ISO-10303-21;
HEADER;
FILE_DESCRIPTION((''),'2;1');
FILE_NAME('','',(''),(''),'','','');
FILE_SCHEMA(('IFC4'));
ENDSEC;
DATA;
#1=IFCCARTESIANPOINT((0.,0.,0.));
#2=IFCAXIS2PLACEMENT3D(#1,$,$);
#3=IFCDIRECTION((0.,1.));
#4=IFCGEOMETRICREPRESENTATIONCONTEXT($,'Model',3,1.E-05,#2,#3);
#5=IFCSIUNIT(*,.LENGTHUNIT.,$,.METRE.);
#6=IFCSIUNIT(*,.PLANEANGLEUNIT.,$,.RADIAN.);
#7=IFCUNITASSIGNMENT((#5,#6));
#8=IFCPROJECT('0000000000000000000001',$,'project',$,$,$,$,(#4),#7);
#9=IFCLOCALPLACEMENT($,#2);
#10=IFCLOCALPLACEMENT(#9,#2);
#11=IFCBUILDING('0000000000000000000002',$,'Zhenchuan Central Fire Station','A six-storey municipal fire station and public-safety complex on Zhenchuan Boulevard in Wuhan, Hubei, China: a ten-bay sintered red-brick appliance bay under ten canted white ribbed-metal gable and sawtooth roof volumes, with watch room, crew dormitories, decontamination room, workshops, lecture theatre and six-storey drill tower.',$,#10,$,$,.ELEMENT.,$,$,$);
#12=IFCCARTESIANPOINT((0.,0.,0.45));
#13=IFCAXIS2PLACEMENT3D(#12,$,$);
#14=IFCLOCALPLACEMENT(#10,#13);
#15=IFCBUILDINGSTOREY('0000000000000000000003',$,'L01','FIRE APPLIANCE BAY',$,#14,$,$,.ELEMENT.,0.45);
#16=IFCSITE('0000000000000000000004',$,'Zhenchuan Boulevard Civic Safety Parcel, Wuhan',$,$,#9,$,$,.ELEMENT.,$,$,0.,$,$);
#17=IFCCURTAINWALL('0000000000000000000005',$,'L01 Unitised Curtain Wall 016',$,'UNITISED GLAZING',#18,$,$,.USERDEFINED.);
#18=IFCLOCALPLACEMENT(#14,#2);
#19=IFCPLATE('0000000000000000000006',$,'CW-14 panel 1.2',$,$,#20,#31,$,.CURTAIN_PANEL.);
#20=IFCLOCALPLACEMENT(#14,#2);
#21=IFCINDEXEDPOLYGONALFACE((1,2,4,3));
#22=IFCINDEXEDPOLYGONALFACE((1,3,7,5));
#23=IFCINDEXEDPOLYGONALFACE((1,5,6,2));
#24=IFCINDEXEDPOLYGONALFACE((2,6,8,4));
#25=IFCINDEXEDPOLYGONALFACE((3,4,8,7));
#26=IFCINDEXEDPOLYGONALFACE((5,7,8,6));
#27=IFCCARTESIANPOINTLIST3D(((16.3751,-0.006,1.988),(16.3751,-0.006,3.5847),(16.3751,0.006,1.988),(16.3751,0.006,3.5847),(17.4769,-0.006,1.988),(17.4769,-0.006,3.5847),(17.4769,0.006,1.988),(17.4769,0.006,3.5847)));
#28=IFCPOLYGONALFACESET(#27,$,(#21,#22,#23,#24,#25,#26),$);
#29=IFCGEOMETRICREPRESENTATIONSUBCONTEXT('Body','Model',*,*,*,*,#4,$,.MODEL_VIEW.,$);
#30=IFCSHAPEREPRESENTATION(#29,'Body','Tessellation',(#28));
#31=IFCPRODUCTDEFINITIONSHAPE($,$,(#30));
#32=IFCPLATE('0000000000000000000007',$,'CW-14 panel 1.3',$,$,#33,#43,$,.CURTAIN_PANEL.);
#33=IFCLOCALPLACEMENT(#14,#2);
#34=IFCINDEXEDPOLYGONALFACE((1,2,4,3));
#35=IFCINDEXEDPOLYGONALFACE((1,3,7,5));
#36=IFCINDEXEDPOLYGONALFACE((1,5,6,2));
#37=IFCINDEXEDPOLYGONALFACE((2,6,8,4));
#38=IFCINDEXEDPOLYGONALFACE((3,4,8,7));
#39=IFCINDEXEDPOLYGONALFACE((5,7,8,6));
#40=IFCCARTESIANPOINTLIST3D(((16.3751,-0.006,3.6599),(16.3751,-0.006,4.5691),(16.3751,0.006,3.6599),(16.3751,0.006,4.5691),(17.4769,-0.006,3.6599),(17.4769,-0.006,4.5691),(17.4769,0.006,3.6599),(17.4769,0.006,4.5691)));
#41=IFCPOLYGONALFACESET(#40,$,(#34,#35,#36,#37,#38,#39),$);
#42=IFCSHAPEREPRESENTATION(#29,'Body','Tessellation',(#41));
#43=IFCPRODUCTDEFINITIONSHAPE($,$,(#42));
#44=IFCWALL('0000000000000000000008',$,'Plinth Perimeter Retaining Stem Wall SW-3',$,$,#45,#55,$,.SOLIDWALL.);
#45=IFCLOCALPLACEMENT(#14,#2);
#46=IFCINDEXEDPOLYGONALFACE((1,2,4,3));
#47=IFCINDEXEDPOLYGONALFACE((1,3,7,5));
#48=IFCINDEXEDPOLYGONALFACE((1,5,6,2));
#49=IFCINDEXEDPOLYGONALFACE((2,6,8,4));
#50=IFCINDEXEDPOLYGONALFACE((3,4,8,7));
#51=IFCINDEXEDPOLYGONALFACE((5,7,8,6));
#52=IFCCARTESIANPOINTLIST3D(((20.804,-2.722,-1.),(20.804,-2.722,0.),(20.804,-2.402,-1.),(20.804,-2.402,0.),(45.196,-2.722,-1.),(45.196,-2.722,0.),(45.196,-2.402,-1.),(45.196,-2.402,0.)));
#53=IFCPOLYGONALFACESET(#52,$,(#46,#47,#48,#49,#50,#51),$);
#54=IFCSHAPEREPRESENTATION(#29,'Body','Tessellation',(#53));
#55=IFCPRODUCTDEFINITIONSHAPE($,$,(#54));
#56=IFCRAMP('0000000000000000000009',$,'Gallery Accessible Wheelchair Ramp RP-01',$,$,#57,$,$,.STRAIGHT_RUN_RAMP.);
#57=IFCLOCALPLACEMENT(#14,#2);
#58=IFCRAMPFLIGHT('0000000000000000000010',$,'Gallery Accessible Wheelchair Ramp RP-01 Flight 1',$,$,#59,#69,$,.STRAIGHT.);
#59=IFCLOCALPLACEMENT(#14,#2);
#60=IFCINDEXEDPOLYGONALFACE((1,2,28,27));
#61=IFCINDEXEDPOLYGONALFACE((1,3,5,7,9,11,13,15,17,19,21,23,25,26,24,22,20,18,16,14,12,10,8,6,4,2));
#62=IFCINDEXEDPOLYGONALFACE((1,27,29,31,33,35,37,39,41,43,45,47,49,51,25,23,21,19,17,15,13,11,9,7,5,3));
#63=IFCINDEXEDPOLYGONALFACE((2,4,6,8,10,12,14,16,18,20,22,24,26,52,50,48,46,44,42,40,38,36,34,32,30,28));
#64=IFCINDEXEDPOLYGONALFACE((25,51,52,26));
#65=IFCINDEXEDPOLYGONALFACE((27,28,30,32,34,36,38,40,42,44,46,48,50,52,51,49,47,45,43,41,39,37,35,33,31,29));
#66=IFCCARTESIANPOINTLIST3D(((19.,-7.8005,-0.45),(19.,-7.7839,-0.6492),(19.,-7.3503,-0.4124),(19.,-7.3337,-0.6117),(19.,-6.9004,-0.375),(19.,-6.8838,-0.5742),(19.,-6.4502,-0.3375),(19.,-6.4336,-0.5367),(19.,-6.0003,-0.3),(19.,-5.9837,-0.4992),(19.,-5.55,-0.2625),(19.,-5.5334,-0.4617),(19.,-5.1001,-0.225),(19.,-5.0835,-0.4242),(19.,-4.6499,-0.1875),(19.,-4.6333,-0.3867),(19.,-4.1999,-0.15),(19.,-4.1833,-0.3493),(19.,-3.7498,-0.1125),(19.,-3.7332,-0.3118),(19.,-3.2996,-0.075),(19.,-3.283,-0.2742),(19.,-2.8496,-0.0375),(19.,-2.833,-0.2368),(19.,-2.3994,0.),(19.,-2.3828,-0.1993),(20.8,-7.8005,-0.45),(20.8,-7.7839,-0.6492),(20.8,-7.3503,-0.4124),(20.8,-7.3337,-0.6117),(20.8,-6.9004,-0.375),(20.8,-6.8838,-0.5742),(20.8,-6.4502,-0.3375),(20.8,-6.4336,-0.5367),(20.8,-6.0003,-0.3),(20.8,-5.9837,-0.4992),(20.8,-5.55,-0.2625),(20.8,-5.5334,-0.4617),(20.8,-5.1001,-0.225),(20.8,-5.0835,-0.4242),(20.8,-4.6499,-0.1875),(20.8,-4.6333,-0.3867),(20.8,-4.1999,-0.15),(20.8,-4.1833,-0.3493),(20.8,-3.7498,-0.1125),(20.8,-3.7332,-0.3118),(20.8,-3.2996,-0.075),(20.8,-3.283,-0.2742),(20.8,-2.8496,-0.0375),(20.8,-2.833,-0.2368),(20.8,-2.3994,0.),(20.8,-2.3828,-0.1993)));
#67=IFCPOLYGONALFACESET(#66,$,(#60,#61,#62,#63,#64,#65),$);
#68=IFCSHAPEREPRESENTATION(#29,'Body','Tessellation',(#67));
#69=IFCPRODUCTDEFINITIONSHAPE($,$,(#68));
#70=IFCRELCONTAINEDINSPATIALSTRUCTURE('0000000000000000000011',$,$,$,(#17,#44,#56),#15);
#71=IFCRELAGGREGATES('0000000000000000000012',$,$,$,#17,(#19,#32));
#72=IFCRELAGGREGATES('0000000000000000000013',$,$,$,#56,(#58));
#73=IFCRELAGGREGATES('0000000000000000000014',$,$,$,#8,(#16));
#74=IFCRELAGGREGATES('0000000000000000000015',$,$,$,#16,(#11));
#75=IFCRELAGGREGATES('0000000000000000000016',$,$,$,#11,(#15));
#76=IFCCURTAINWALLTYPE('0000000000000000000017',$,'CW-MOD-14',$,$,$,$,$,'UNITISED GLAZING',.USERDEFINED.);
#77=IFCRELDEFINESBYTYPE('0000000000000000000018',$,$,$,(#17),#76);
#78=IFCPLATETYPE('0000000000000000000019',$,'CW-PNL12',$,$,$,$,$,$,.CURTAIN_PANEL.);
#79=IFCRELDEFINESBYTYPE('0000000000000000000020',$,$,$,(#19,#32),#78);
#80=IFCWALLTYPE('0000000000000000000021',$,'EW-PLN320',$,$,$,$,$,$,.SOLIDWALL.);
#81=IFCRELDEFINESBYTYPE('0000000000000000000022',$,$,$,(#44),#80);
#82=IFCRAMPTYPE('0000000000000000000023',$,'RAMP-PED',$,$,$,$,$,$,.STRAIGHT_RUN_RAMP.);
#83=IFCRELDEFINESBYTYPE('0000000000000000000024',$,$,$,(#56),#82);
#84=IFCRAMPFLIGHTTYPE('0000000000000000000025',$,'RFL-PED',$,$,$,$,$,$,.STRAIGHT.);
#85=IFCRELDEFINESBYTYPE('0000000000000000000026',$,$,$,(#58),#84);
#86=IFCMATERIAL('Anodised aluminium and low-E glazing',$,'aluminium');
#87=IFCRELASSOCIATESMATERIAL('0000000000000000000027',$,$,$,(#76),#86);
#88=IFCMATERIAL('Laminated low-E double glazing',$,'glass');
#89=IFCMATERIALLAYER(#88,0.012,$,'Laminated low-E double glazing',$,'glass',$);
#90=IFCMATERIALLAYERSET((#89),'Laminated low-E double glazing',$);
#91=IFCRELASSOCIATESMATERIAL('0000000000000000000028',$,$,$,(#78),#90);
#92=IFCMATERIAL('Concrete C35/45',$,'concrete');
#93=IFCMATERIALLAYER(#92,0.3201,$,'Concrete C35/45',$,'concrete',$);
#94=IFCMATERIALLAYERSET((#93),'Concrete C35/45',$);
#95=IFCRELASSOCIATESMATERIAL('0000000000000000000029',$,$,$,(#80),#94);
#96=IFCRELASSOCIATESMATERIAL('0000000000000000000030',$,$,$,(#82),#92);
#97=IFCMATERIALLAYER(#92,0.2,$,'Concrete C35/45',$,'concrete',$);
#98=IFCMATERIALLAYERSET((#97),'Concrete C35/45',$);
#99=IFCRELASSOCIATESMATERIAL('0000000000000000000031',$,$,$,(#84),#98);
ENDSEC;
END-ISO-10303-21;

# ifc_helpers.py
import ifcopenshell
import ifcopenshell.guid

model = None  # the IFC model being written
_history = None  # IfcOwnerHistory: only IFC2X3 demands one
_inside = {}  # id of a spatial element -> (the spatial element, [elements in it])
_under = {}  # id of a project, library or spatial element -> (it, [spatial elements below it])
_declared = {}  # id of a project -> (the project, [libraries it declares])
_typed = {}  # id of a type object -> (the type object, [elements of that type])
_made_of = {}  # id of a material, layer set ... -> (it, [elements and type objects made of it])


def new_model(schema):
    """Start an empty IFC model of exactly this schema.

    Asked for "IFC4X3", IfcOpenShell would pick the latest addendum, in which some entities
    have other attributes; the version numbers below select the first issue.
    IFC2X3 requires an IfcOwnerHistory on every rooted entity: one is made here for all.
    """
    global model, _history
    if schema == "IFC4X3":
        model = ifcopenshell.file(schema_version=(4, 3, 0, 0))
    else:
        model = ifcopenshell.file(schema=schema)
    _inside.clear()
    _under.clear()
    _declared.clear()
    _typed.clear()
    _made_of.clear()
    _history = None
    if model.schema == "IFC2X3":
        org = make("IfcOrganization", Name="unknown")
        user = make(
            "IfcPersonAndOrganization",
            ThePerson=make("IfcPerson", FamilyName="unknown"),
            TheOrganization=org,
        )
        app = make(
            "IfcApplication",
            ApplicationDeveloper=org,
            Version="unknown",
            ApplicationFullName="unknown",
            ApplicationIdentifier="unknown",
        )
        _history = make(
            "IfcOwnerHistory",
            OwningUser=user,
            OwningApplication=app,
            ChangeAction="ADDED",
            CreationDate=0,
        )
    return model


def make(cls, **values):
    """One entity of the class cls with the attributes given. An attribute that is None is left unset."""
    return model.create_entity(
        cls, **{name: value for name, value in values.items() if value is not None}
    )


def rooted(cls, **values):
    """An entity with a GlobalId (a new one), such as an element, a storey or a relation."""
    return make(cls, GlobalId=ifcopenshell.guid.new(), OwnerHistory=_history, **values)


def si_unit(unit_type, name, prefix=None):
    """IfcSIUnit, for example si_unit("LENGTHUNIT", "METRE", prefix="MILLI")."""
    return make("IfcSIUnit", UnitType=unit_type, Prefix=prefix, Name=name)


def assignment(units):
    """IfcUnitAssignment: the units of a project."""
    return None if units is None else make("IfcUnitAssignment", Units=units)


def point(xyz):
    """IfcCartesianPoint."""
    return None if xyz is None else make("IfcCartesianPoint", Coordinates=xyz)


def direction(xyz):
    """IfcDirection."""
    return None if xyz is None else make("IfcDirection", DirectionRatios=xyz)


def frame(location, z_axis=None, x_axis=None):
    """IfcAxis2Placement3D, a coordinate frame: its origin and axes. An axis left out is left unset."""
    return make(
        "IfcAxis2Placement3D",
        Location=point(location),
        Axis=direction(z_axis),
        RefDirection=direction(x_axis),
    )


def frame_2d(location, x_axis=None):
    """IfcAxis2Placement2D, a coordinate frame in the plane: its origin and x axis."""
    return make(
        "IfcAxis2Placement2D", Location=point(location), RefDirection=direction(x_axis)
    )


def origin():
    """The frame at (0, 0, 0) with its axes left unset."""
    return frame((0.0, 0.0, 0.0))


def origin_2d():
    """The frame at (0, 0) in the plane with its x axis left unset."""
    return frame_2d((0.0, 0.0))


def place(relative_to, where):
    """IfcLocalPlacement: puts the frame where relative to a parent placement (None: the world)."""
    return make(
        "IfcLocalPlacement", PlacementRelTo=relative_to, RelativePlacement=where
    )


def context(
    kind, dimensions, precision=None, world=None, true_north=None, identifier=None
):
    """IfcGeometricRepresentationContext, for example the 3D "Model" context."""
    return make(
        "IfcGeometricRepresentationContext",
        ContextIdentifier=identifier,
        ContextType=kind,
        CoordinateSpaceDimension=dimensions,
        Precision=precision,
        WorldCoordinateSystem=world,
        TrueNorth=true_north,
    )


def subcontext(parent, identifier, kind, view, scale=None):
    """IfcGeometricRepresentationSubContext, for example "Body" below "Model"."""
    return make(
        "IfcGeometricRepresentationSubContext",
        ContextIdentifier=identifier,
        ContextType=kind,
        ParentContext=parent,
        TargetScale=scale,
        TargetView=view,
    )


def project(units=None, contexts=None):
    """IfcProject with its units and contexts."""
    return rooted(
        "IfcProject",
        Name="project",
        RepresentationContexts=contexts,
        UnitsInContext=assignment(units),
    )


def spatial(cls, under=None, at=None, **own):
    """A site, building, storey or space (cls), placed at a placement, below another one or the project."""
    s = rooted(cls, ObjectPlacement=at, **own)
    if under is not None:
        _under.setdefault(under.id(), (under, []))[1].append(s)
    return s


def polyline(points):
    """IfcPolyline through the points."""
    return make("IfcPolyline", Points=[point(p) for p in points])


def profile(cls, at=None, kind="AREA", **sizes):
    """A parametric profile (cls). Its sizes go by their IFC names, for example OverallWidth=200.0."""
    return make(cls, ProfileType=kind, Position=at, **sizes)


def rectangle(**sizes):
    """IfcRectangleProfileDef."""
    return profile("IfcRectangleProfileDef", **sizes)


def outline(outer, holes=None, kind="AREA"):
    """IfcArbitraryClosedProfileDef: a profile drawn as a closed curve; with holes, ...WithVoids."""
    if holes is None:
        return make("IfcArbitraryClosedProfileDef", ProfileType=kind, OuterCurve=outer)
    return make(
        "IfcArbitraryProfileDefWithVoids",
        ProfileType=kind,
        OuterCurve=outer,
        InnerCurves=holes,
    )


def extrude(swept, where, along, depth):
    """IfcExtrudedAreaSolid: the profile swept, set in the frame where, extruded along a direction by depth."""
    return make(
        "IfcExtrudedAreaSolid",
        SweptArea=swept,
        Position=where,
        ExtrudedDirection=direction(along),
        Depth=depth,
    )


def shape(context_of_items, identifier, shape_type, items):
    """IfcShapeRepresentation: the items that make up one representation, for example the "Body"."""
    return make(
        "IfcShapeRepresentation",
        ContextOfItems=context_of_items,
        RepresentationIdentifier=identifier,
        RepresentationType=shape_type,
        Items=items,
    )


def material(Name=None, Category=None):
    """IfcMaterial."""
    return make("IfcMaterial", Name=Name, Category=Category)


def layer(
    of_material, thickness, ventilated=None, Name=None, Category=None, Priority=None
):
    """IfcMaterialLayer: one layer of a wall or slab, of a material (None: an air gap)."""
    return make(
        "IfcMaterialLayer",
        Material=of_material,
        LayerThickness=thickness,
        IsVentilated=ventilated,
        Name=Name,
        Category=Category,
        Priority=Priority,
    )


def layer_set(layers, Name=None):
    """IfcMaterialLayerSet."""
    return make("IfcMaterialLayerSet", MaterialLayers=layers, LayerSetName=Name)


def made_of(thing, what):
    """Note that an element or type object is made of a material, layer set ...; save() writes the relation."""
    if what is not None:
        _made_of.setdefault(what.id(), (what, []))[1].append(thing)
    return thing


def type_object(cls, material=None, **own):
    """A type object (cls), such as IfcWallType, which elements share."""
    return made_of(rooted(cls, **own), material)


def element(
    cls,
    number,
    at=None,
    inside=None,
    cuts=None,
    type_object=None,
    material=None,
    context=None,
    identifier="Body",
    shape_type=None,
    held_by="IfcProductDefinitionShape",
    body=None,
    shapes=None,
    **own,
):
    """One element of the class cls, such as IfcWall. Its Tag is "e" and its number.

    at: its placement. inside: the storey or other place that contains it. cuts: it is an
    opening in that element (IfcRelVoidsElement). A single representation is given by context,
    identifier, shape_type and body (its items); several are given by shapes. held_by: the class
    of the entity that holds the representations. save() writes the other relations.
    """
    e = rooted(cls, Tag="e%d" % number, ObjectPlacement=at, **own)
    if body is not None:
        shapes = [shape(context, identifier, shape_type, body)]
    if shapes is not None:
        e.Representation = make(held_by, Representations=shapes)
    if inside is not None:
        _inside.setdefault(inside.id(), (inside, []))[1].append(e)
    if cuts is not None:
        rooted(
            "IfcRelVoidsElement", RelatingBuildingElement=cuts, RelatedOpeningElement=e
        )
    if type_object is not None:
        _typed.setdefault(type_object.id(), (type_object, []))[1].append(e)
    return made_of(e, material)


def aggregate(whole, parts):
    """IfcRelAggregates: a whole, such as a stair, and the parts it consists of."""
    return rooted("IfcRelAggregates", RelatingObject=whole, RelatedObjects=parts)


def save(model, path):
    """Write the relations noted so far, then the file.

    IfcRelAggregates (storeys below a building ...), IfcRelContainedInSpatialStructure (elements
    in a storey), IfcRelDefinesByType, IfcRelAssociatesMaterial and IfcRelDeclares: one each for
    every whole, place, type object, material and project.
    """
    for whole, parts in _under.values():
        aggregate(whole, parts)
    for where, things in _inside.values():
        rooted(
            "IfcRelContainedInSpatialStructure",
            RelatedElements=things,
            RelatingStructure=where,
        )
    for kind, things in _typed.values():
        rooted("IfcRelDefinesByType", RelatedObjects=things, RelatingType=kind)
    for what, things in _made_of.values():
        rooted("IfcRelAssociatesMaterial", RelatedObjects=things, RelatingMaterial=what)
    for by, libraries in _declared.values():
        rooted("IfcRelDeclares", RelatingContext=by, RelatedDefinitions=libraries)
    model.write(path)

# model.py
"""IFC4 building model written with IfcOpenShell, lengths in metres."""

from ifc_helpers import new_model, si_unit, direction, frame, frame_2d, origin, origin_2d, place, context, subcontext, project, spatial, polyline, rectangle, outline, extrude, material, layer, layer_set, type_object, element, aggregate, save


model = new_model("IFC4")

# Units and contexts
model_context = context("Model", 3, precision=1e-05, world=origin(), true_north=direction((0.0, 1.0)))
body_context = subcontext(model_context, "Body", "Model", "MODEL_VIEW")
ifc_project = project(units=[si_unit("LENGTHUNIT", "METRE"), si_unit("PLANEANGLEUNIT", "RADIAN")], contexts=[model_context])

# Site, building, storey
site_placement = place(None, origin())
site = spatial("IfcSite", under=ifc_project, at=site_placement, Name="Zhenchuan Boulevard Civic Safety Parcel, Wuhan", CompositionType="ELEMENT", RefElevation=0.0)
building_placement = place(site_placement, origin())
building = spatial("IfcBuilding", under=site, at=building_placement, Name="Zhenchuan Central Fire Station", Description="A six-storey municipal fire station and public-safety complex on Zhenchuan Boulevard in Wuhan, Hubei, China: a ten-bay sintered red-brick appliance bay under ten canted white ribbed-metal gable and sawtooth roof volumes, with watch room, crew dormitories, decontamination room, workshops, lecture theatre and six-storey drill tower.", CompositionType="ELEMENT")
storey_placement = place(building_placement, frame((0.0, 0.0, 0.45)))
storey = spatial("IfcBuildingStorey", under=building, at=storey_placement, Name="L01", Description="FIRE APPLIANCE BAY", CompositionType="ELEMENT", Elevation=0.45)

# Shared definitions
ifc_material_1 = material(Name="Concrete C35/45", Category="concrete")

# Curtain wall, plates
ifc_material_2 = material(Name="Anodised aluminium and low-E glazing", Category="aluminium")
curtain_wall_type = type_object("IfcCurtainWallType", Name="CW-MOD-14", ElementType="UNITISED GLAZING", PredefinedType="USERDEFINED", material=ifc_material_2)
curtain_wall_placement = place(storey_placement, origin())
curtain_wall = element("IfcCurtainWall", 1, at=curtain_wall_placement, inside=storey, type_object=curtain_wall_type, Name="L01 Unitised Curtain Wall 016", ObjectType="UNITISED GLAZING", PredefinedType="USERDEFINED")
ifc_material_3 = material(Name="Laminated low-E double glazing", Category="glass")
ifc_layer_1 = layer(ifc_material_3, 0.012, Name="Laminated low-E double glazing", Category="glass")
ifc_layer_set_1 = layer_set([ifc_layer_1], Name="Laminated low-E double glazing")
plate_type = type_object("IfcPlateType", Name="CW-PNL12", PredefinedType="CURTAIN_PANEL", material=ifc_layer_set_1)
plate_1_placement = place(storey_placement, frame((16.926, 0.0, 1.988), z_axis=(0.0, 0.0, 1.0), x_axis=(1.0, 0.0, 0.0)))
plate_1 = element("IfcPlate", 2, at=plate_1_placement, type_object=plate_type, Name="CW-14 panel 1.2", PredefinedType="CURTAIN_PANEL", context=body_context, shape_type="SweptSolid", body=[
    extrude(rectangle(XDim=1.1018, YDim=0.012, at=origin_2d()), origin(), (0.0, 0.0, 1.0), 1.5967),
])
plate_2_placement = place(storey_placement, frame((16.926, 0.0, 3.6599), z_axis=(0.0, 0.0, 1.0), x_axis=(1.0, 0.0, 0.0)))
plate_2 = element("IfcPlate", 3, at=plate_2_placement, type_object=plate_type, Name="CW-14 panel 1.3", PredefinedType="CURTAIN_PANEL", context=body_context, shape_type="SweptSolid", body=[
    extrude(rectangle(XDim=1.1018, YDim=0.012, at=origin_2d()), origin(), (0.0, 0.0, 1.0), 0.9092),
])
aggregate(curtain_wall, [plate_1, plate_2])

# Wall
ifc_layer_2 = layer(ifc_material_1, 0.3201, Name="Concrete C35/45", Category="concrete")
ifc_layer_set_2 = layer_set([ifc_layer_2], Name="Concrete C35/45")
wall_type = type_object("IfcWallType", Name="EW-PLN320", PredefinedType="SOLIDWALL", material=ifc_layer_set_2)
wall_placement = place(storey_placement, frame((20.804, -2.562, -1.0), z_axis=(0.0, 0.0, 1.0), x_axis=(1.0, 0.0, 0.0)))
element("IfcWall", 4, at=wall_placement, inside=storey, type_object=wall_type, Name="Plinth Perimeter Retaining Stem Wall SW-3", PredefinedType="SOLIDWALL", context=body_context, shape_type="SweptSolid", body=[
    extrude(rectangle(XDim=24.3921, YDim=0.3201, at=frame_2d((12.196, 0.0))), origin(), (0.0, 0.0, 1.0), 1.0),
])

# Ramp, ramp flight
ramp_type = type_object("IfcRampType", Name="RAMP-PED", PredefinedType="STRAIGHT_RUN_RAMP", material=ifc_material_1)
ramp_placement = place(storey_placement, origin())
ramp = element("IfcRamp", 5, at=ramp_placement, inside=storey, type_object=ramp_type, Name="Gallery Accessible Wheelchair Ramp RP-01", PredefinedType="STRAIGHT_RUN_RAMP")
ifc_layer_3 = layer(ifc_material_1, 0.2, Name="Concrete C35/45", Category="concrete")
ifc_layer_set_3 = layer_set([ifc_layer_3], Name="Concrete C35/45")
ramp_flight_type = type_object("IfcRampFlightType", Name="RFL-PED", PredefinedType="STRAIGHT", material=ifc_layer_set_3)
ramp_flight_placement = place(storey_placement, frame((19.0, -7.8005, -0.45), z_axis=(0.0, -0.083019, 0.996548), x_axis=(0.0, 0.996548, 0.083019)))
ramp_flight = element("IfcRampFlight", 6, at=ramp_flight_placement, type_object=ramp_flight_type, Name="Gallery Accessible Wheelchair Ramp RP-01 Flight 1", PredefinedType="STRAIGHT", context=body_context, shape_type="SweptSolid", body=[
    extrude(outline(polyline([(0.0, 0.0), (0.4518, 0.0), (0.9033, 0.0), (1.355, 0.0), (1.8065, 0.0), (2.2583, 0.0), (2.7098, 0.0), (3.1615, 0.0), (3.6131, 0.0), (4.0648, 0.0), (4.5166, 0.0), (4.9681, 0.0), (5.4198, 0.0), (5.4198, -1.8), (4.9681, -1.8), (4.5166, -1.8), (4.0648, -1.8), (3.6131, -1.8), (3.1615, -1.8), (2.7098, -1.8), (2.2583, -1.8), (1.8065, -1.8), (1.355, -1.8), (0.9033, -1.8), (0.4518, -1.8), (0.0, -1.8), (0.0, 0.0)])), origin(), (0.0, 0.0, -1.0), 0.2),
])
aggregate(ramp, [ramp_flight])

save(model, "model.ifc")
